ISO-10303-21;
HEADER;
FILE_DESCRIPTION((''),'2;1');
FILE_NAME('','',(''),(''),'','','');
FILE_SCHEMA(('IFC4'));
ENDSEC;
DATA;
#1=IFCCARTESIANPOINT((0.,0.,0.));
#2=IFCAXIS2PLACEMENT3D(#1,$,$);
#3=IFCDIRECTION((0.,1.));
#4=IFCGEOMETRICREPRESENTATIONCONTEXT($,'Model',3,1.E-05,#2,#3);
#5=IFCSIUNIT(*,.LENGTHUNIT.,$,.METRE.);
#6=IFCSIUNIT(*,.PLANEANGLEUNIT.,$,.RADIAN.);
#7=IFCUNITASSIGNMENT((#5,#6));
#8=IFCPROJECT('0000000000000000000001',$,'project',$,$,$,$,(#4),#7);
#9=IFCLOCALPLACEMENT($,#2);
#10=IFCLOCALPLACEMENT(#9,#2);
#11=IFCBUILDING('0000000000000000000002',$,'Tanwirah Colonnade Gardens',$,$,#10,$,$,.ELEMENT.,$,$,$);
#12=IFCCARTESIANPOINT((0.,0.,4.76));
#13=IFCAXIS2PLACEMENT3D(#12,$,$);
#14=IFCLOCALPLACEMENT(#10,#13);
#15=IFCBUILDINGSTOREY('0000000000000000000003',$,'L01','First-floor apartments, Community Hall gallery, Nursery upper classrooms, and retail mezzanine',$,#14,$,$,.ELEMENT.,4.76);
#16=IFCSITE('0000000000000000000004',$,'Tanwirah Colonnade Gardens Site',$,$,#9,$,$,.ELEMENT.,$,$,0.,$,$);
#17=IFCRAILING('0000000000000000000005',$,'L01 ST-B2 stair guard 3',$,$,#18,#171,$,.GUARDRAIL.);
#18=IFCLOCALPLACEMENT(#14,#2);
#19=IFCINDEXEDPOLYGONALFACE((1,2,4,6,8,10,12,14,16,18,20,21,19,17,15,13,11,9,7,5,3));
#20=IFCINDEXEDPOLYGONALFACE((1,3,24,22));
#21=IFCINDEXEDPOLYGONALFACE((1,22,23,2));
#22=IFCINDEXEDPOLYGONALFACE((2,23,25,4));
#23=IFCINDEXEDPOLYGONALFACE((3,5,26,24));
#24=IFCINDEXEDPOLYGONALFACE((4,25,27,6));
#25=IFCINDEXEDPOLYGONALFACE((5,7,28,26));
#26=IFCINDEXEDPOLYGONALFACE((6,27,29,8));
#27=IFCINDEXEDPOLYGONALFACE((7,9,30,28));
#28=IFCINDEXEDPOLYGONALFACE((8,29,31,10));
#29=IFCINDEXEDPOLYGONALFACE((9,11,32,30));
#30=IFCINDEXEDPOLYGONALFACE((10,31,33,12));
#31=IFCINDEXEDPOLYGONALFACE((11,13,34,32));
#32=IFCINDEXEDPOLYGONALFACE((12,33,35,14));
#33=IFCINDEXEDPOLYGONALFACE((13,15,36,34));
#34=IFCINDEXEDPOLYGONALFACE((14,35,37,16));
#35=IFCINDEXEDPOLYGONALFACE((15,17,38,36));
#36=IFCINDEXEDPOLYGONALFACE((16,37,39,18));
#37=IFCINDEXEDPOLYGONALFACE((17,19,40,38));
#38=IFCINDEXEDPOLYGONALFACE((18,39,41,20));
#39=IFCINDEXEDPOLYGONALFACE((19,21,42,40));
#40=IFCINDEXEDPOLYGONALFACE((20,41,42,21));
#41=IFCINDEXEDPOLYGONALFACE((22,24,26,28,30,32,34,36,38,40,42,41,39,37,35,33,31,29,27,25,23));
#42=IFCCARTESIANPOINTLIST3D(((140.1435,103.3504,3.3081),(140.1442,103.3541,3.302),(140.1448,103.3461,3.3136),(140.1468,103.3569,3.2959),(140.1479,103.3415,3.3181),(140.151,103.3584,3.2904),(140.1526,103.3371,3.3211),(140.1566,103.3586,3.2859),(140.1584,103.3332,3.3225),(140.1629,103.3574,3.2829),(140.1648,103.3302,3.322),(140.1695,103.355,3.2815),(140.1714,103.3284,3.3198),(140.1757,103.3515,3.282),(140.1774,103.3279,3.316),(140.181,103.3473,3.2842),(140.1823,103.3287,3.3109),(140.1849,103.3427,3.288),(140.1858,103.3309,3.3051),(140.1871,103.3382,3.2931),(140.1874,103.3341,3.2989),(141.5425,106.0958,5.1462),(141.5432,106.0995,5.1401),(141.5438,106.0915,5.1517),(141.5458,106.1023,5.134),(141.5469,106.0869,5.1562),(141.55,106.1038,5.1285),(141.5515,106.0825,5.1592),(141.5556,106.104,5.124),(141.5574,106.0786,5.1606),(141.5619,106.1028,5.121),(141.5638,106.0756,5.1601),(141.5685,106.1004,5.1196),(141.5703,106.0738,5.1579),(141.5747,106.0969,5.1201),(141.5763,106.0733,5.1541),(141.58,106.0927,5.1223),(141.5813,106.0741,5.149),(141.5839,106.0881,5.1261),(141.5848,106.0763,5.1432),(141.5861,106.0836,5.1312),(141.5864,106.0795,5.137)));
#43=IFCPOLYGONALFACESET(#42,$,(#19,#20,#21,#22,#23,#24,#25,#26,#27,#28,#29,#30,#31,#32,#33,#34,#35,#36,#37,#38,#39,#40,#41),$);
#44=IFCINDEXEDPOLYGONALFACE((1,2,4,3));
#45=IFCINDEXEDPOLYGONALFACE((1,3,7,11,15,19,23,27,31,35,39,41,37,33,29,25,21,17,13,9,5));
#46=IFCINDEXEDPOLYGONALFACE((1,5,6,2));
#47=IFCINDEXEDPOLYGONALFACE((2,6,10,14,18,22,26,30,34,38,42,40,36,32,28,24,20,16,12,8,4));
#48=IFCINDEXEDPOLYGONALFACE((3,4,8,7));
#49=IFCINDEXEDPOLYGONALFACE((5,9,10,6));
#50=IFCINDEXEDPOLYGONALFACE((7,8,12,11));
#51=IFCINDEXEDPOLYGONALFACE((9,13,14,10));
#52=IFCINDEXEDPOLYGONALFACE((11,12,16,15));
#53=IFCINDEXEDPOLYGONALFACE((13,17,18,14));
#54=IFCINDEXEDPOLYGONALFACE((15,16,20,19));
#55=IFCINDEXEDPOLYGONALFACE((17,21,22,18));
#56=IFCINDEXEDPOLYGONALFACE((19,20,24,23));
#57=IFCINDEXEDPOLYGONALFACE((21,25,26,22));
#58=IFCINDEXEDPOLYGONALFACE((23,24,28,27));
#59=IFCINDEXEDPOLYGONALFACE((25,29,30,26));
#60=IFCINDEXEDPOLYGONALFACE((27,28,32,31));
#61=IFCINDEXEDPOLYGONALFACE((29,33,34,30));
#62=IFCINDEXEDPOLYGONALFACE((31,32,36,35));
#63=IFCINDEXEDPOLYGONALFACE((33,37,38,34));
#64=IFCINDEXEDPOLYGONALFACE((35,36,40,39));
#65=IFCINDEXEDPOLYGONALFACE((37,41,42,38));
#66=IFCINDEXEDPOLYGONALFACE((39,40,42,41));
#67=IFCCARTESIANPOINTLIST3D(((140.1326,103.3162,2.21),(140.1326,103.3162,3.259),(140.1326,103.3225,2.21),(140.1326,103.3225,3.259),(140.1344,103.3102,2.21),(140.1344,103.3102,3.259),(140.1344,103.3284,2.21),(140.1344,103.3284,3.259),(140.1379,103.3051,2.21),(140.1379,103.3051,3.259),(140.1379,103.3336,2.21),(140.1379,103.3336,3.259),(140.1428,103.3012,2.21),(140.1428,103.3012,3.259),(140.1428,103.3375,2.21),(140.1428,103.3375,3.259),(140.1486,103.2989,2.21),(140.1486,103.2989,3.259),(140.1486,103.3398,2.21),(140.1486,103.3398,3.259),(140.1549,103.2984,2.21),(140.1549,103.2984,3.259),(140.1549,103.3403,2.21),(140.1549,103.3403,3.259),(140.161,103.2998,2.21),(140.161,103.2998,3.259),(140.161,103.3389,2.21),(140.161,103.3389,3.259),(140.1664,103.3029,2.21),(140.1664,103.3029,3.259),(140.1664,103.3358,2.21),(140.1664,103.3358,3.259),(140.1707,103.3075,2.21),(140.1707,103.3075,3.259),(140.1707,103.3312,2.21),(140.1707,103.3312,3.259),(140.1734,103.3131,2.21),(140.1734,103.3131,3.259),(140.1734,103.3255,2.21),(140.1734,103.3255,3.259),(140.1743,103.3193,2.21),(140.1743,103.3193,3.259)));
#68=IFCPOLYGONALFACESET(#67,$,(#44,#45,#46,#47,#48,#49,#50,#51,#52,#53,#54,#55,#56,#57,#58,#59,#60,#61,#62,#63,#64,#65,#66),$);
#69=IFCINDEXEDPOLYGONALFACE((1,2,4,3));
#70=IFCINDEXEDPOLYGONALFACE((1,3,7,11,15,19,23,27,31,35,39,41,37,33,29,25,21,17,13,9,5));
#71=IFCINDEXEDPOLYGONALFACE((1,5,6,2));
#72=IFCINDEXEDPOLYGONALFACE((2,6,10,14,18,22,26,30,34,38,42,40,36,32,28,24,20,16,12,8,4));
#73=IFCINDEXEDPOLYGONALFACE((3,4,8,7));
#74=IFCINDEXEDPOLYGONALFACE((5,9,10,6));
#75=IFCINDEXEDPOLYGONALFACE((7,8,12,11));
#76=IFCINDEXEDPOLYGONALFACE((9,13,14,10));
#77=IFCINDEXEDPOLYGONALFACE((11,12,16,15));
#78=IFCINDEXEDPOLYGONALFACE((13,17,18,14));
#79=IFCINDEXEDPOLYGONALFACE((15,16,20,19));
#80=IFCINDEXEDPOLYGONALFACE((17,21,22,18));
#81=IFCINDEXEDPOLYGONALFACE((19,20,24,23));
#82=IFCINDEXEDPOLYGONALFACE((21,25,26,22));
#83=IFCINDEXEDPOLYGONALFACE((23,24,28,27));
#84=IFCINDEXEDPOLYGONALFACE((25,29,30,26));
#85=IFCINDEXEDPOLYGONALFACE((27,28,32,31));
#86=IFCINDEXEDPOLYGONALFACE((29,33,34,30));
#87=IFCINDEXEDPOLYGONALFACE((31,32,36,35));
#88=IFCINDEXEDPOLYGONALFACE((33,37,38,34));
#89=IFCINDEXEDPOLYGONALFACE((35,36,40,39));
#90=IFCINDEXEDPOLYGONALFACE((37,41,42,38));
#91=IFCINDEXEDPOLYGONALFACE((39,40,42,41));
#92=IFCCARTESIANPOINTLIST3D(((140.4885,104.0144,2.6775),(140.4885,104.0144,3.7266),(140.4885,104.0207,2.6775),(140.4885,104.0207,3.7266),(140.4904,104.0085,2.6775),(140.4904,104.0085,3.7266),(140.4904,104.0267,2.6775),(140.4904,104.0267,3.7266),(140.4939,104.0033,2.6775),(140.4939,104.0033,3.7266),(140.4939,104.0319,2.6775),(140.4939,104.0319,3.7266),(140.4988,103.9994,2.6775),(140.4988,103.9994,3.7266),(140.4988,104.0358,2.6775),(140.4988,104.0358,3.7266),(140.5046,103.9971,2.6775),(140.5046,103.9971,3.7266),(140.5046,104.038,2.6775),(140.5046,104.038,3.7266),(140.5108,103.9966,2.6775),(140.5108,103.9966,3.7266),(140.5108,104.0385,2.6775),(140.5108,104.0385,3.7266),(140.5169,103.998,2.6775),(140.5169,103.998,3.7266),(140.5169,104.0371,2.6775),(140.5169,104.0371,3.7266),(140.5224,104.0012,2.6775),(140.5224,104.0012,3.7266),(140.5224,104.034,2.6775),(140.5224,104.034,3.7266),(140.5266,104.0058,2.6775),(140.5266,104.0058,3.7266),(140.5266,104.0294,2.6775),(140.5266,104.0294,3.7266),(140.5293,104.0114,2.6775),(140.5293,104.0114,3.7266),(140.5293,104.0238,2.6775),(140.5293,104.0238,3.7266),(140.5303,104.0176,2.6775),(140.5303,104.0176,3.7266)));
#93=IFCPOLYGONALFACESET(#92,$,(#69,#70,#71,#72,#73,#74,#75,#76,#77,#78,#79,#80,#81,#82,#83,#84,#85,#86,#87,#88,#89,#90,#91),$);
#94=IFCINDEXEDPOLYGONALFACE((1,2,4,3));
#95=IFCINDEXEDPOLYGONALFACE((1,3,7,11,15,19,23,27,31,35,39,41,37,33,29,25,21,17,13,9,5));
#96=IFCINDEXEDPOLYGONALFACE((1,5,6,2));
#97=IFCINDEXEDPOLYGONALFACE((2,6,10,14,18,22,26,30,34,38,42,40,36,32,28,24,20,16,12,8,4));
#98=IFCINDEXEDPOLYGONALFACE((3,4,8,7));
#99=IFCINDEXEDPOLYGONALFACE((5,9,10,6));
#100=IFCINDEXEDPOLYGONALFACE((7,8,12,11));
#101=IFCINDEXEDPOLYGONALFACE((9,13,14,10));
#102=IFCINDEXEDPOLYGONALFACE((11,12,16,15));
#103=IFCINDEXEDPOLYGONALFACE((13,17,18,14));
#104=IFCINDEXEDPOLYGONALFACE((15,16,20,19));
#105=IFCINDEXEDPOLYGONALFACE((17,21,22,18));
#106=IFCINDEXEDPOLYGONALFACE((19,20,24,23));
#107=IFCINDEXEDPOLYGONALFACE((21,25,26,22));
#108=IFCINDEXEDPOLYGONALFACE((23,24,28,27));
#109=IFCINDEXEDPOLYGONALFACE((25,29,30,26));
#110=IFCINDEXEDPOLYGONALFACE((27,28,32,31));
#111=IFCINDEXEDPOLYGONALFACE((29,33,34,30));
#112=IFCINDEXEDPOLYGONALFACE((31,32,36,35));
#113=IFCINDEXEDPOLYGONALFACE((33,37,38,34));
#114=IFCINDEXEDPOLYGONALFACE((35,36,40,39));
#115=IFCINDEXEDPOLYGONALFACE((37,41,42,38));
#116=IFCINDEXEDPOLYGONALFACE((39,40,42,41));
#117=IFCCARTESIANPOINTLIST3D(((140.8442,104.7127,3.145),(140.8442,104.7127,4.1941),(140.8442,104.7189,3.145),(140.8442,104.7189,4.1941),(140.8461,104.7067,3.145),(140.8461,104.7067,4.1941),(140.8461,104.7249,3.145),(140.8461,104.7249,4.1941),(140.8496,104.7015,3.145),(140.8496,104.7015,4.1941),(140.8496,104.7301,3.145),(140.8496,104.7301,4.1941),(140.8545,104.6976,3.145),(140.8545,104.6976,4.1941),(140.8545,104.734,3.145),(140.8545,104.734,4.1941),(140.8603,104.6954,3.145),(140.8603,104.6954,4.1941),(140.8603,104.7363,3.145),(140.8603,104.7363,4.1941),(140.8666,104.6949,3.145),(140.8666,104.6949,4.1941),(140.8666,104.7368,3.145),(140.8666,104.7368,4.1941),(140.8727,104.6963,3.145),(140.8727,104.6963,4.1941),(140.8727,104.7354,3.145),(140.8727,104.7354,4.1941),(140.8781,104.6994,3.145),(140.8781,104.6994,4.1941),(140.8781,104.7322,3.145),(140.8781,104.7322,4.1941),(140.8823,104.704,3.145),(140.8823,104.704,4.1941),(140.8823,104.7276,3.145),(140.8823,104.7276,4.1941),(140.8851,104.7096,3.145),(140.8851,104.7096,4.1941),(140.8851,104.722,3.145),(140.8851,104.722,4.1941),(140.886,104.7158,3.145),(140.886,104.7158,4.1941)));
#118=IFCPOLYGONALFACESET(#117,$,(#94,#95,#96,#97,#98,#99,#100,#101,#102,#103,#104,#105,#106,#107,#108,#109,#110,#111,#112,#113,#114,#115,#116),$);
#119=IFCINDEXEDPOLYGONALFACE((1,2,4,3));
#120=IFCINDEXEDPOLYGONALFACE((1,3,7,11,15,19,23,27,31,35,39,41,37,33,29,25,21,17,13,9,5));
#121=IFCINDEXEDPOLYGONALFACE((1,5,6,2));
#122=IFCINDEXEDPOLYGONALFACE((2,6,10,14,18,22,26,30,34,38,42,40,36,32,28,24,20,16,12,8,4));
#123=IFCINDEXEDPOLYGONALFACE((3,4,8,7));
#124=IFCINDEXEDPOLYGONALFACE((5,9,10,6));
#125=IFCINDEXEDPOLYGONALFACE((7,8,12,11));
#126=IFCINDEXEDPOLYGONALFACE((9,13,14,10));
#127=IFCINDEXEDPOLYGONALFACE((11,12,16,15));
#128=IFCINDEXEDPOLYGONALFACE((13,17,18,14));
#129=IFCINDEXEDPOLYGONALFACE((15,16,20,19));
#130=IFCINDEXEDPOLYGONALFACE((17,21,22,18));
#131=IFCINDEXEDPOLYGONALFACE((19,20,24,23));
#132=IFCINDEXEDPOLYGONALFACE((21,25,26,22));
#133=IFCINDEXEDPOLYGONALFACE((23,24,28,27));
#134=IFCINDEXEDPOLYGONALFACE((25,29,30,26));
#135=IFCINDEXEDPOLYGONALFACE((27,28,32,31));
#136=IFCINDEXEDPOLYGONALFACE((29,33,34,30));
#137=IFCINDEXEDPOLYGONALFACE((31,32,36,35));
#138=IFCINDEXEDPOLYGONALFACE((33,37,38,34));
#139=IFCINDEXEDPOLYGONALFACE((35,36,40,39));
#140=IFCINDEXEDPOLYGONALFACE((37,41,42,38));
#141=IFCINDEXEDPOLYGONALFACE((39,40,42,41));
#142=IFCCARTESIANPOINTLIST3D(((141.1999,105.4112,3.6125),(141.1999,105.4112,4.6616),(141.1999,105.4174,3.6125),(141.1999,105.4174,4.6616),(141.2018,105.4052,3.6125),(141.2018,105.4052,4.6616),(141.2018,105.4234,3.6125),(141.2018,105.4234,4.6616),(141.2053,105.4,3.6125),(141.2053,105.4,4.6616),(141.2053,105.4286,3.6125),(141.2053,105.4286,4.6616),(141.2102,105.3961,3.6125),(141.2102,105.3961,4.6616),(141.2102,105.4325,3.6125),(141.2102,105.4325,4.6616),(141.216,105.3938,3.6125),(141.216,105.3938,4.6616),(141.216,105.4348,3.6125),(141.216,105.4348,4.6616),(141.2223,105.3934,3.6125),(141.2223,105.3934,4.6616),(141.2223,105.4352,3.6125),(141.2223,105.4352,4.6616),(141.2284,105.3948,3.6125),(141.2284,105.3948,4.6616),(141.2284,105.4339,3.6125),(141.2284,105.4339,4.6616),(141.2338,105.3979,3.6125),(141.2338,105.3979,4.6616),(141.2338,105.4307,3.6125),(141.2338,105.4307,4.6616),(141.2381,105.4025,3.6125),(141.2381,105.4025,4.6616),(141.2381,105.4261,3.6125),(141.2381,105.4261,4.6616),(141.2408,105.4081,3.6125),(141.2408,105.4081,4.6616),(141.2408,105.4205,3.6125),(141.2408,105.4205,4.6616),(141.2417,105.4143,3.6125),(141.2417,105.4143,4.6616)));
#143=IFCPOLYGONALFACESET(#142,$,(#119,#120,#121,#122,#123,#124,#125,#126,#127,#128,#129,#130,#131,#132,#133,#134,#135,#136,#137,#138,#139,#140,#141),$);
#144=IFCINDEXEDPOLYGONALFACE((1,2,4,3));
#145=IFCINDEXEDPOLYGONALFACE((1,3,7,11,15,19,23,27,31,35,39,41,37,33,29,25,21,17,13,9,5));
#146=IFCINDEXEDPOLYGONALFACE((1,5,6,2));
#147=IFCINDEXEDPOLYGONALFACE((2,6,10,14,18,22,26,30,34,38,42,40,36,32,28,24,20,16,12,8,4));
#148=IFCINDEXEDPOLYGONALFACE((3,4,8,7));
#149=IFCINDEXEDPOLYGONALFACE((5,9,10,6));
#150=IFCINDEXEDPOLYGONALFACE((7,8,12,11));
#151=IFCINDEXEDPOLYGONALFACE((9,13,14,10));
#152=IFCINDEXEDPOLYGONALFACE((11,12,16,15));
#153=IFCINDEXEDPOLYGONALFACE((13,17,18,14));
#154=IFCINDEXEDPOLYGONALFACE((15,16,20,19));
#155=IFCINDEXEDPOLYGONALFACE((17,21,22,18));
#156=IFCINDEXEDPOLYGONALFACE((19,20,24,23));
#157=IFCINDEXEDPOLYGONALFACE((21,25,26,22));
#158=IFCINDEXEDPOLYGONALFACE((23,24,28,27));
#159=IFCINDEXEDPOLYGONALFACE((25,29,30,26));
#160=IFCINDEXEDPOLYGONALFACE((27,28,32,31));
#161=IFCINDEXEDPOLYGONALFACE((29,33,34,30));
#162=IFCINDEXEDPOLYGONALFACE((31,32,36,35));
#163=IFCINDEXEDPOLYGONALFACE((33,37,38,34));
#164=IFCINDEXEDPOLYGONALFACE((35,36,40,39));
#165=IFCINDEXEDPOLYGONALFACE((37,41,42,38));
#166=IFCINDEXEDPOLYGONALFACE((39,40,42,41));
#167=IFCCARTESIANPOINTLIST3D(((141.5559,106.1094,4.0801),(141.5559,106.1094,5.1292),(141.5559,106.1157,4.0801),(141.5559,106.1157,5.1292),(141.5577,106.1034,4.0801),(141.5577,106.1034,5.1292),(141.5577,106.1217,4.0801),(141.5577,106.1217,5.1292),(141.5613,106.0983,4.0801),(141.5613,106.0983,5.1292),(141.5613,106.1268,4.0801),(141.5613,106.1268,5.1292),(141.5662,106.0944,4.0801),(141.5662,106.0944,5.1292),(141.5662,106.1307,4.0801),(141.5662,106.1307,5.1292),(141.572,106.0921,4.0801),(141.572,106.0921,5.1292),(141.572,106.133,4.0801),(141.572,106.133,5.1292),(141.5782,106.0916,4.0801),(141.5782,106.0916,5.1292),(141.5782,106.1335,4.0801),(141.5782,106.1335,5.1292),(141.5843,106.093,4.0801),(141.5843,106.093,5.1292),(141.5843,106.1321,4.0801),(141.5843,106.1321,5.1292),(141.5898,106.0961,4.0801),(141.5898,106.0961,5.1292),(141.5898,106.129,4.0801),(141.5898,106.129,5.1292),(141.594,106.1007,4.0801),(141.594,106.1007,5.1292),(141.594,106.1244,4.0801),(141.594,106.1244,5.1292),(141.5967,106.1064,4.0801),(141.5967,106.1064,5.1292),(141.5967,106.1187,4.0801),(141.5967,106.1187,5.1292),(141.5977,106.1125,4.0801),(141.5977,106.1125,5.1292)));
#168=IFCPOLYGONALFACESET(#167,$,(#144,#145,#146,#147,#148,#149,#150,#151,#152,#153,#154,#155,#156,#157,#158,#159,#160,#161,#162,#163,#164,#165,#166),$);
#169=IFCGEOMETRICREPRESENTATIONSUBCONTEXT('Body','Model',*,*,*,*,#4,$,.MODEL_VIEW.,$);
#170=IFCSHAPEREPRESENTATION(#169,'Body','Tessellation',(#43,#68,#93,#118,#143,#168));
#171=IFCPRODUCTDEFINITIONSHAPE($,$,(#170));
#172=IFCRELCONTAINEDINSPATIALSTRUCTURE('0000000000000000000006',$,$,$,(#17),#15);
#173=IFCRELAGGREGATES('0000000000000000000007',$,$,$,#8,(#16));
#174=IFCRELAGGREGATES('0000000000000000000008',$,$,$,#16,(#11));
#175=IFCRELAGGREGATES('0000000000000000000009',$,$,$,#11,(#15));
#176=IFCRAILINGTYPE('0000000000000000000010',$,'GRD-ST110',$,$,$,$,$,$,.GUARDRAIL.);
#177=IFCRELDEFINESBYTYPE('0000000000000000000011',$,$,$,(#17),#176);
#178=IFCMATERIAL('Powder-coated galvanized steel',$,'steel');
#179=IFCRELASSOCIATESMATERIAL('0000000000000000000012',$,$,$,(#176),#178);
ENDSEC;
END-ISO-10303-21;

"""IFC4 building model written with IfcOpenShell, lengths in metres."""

from ifc_helpers import new_model, si_unit, direction, frame, origin, origin_2d, place, context, subcontext, project, spatial, circle, extrude, material, type_object, element, save


model = new_model("IFC4")

# Units and contexts
model_context = context("Model", 3, precision=1e-05, world=origin(), true_north=direction((0.0, 1.0)))
body_context = subcontext(model_context, "Body", "Model", "MODEL_VIEW")
ifc_project = project(units=[si_unit("LENGTHUNIT", "METRE"), si_unit("PLANEANGLEUNIT", "RADIAN")], contexts=[model_context])

# Site, building, storey
site_placement = place(None, origin())
site = spatial("IfcSite", under=ifc_project, at=site_placement, Name="Tanwirah Colonnade Gardens Site", CompositionType="ELEMENT", RefElevation=0.0)
building_placement = place(site_placement, origin())
building = spatial("IfcBuilding", under=site, at=building_placement, Name="Tanwirah Colonnade Gardens", CompositionType="ELEMENT")
storey_placement = place(building_placement, frame((0.0, 0.0, 4.76)))
storey = spatial("IfcBuildingStorey", under=building, at=storey_placement, Name="L01", Description="First-floor apartments, Community Hall gallery, Nursery upper classrooms, and retail mezzanine", CompositionType="ELEMENT", Elevation=4.76)

# Railing
ifc_material_1 = material(Name="Powder-coated galvanized steel", Category="steel")
railing_type_1 = type_object("IfcRailingType", Name="GRD-ST110", PredefinedType="GUARDRAIL", material=ifc_material_1)
railing_1_placement = place(storey_placement, frame((140.1533, 103.3193, 2.21)))
element("IfcRailing", 1, at=railing_1_placement, inside=storey, type_object=railing_type_1, Name="L01 ST-B2 stair guard 3", PredefinedType="GUARDRAIL", context=body_context, shape_type="SweptSolid", body=[
    extrude(circle(Radius=0.0239, at=origin_2d()), frame((0.0122, 0.0239, 1.092), z_axis=(0.389916, 0.765184, 0.512308), x_axis=(-0.89099, 0.454023, 0.0)), (0.0, 0.0, 1.0), 3.5879),
    extrude(circle(Radius=0.021, at=origin_2d()), origin(), (0.0, 0.0, 1.0), 1.0491),
    extrude(circle(Radius=0.021, at=origin_2d()), frame((0.356, 0.6982, 0.4675)), (0.0, 0.0, 1.0), 1.0491),
    extrude(circle(Radius=0.021, at=origin_2d()), frame((0.7117, 1.3965, 0.9351)), (0.0, 0.0, 1.0), 1.0491),
    extrude(circle(Radius=0.021, at=origin_2d()), frame((1.0674, 2.095, 1.4026)), (0.0, 0.0, 1.0), 1.0491),
    extrude(circle(Radius=0.021, at=origin_2d()), frame((1.4233, 2.7932, 1.8701)), (0.0, 0.0, 1.0), 1.0491),
])

save(model, "model.ifc")
